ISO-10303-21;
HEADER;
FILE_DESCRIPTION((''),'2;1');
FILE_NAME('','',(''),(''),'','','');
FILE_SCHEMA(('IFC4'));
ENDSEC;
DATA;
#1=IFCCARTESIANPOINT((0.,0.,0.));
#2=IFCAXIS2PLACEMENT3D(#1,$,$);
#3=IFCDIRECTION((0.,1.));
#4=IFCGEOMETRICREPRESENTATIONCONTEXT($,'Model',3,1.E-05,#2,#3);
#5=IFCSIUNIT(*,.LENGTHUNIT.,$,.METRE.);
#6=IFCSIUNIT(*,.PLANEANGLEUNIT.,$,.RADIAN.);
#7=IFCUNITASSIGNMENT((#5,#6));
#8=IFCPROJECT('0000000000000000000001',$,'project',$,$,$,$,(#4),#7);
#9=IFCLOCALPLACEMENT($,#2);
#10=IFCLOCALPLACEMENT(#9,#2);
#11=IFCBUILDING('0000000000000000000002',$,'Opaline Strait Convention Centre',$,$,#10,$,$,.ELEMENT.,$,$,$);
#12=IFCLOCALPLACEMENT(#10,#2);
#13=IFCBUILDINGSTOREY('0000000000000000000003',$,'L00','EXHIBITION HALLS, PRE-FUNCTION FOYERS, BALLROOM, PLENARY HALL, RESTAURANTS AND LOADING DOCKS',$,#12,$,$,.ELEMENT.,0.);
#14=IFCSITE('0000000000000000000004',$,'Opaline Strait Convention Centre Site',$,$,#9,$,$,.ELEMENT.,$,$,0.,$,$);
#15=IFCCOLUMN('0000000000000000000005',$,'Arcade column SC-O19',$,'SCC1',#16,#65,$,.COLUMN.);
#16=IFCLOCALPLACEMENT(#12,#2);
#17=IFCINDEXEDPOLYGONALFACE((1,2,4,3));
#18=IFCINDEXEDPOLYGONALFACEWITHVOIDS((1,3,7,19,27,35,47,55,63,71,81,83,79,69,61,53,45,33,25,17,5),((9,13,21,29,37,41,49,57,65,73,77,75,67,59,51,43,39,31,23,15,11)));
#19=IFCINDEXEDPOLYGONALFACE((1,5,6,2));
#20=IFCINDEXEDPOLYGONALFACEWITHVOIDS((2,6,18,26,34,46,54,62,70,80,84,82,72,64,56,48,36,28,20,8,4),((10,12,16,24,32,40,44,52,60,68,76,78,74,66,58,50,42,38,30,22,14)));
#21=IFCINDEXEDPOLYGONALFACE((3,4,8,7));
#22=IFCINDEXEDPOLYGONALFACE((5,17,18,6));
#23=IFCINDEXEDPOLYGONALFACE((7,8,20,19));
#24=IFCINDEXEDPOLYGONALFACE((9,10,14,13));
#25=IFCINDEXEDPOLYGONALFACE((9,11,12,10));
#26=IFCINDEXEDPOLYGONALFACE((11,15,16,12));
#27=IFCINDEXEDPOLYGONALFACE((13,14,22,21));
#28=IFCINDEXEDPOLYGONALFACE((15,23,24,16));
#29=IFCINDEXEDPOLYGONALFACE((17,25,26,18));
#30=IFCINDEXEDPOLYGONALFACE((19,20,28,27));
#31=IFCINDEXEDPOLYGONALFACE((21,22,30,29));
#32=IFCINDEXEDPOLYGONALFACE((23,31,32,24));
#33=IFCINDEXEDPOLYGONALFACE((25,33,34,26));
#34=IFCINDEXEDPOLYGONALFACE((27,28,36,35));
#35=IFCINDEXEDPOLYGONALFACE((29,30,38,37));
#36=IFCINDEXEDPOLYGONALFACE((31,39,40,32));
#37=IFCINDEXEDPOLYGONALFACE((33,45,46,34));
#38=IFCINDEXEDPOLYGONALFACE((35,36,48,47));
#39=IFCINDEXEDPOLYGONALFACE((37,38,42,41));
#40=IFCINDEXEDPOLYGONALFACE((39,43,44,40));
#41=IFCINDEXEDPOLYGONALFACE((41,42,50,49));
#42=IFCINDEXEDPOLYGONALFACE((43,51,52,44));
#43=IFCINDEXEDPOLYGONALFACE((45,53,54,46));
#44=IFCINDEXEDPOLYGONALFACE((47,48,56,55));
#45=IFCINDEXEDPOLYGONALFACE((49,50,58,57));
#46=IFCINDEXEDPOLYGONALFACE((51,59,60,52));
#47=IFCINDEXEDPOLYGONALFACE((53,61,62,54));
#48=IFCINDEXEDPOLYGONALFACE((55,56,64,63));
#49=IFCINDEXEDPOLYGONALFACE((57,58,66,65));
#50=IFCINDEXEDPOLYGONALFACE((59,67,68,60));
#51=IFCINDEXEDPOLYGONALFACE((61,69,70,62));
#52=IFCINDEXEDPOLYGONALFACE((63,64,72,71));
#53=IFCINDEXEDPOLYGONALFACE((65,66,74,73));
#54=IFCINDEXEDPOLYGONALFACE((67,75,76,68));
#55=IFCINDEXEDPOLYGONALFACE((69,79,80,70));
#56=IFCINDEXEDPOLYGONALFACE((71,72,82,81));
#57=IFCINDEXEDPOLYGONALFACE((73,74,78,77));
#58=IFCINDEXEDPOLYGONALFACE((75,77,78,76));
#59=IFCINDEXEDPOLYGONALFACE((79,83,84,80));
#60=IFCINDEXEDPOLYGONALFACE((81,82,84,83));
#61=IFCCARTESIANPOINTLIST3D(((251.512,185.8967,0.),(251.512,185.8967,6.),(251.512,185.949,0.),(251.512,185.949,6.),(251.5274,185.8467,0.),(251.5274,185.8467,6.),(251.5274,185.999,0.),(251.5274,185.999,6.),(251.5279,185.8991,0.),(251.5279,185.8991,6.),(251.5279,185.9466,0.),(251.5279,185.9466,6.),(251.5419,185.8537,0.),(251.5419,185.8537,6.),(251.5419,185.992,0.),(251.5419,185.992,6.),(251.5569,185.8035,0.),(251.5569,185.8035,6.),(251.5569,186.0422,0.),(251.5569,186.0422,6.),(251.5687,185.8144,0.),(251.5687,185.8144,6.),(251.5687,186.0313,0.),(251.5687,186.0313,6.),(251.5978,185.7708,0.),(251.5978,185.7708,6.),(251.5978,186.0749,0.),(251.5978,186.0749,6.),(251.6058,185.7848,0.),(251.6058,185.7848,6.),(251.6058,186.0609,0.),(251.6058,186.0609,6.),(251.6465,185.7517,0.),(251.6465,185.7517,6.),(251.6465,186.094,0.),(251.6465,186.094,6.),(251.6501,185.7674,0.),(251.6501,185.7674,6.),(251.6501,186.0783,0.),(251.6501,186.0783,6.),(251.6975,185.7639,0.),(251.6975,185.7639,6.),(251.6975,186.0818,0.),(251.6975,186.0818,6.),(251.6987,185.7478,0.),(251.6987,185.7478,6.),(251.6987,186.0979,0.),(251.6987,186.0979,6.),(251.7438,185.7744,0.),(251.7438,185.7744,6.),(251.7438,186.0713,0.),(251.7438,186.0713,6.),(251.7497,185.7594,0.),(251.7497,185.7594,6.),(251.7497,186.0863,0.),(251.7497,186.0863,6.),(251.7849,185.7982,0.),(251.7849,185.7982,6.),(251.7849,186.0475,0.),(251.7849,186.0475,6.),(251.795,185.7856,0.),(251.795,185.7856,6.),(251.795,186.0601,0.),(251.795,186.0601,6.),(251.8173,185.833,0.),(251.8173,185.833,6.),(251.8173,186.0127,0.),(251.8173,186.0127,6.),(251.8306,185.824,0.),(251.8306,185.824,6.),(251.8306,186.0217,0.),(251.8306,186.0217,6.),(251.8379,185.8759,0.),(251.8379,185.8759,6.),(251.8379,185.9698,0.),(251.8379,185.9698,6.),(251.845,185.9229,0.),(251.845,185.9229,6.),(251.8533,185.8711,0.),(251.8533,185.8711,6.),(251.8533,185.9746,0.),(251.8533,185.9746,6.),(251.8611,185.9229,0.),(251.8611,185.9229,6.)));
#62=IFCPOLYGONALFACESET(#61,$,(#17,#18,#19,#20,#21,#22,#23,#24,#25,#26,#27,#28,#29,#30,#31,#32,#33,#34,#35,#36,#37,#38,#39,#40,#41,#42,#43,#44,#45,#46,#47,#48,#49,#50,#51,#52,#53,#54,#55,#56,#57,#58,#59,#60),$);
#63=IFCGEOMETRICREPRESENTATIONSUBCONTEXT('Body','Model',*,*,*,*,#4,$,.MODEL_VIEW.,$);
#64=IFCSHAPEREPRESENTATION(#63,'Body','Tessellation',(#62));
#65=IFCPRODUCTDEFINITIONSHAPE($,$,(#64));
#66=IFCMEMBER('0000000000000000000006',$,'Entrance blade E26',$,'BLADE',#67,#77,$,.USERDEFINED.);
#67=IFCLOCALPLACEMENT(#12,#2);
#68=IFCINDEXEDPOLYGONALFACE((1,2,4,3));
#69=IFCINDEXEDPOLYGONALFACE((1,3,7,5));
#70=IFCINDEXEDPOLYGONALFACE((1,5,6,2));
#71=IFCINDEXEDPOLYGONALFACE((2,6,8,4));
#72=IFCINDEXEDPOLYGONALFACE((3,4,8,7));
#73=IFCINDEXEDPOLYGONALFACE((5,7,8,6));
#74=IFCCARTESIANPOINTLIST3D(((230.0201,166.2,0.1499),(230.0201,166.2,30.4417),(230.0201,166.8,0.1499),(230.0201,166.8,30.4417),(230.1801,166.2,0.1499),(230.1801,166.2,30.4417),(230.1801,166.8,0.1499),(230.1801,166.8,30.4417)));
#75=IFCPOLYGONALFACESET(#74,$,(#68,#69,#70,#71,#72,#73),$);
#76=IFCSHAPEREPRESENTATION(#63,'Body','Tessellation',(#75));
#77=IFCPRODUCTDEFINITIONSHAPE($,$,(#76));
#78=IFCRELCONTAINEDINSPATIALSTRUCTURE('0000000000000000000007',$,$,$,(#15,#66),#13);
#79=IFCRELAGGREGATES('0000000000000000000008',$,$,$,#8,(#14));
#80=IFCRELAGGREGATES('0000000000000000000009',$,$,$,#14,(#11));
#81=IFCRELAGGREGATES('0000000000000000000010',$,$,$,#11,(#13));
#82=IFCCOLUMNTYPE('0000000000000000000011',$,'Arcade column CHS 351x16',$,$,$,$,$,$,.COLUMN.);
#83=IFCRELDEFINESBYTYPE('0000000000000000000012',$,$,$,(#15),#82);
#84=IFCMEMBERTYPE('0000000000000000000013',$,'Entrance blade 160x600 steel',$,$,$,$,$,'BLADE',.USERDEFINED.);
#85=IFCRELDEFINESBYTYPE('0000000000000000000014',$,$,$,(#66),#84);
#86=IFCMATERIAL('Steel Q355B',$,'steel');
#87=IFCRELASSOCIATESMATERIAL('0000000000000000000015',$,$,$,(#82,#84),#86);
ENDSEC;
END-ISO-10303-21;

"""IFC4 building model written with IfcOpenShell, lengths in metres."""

from ifc_helpers import new_model, si_unit, direction, frame, origin, origin_2d, place, context, subcontext, project, spatial, rectangle, hollow_circle, extrude, material, material_profile, profile_set, type_object, element, save


model = new_model("IFC4")

# Units and contexts
model_context = context("Model", 3, precision=1e-05, world=origin(), true_north=direction((0.0, 1.0)))
body_context = subcontext(model_context, "Body", "Model", "MODEL_VIEW")
ifc_project = project(units=[si_unit("LENGTHUNIT", "METRE"), si_unit("PLANEANGLEUNIT", "RADIAN")], contexts=[model_context])

# Site, building, storey
site_placement = place(None, origin())
site = spatial("IfcSite", under=ifc_project, at=site_placement, Name="Opaline Strait Convention Centre Site", CompositionType="ELEMENT", RefElevation=0.0)
building_placement = place(site_placement, origin())
building = spatial("IfcBuilding", under=site, at=building_placement, Name="Opaline Strait Convention Centre", CompositionType="ELEMENT")
storey_placement = place(building_placement, origin())
storey = spatial("IfcBuildingStorey", under=building, at=storey_placement, Name="L00", Description="EXHIBITION HALLS, PRE-FUNCTION FOYERS, BALLROOM, PLENARY HALL, RESTAURANTS AND LOADING DOCKS", CompositionType="ELEMENT", Elevation=0.0)

# Column
ifc_material_1 = material(Name="Steel Q355B", Category="steel")
ifc_material_profile_1 = material_profile(ifc_material_1, hollow_circle(Radius=0.1755, WallThickness=0.0161, at=origin_2d()), Name="CHS 351x16")
ifc_profile_set_1 = profile_set([ifc_material_profile_1], Name="Steel Q355B")
column_type = type_object("IfcColumnType", Name="Arcade column CHS 351x16", PredefinedType="COLUMN", material=ifc_profile_set_1)
for number, where, z_axis, x_axis, name in (
    (1, (251.6855, 185.9229, 0.0), (0.0, 0.0, 1.0), (1.0, 0.0, 0.0), "Arcade column SC-O19"),
):
    element("IfcColumn", number, at=place(storey_placement, frame(where, z_axis=z_axis, x_axis=x_axis)), inside=storey, type_object=column_type, Name=name, ObjectType="SCC1", PredefinedType="COLUMN", context=body_context, shape_type="SweptSolid", body=[
        extrude(hollow_circle(Radius=0.1755, WallThickness=0.0161, at=origin_2d()), origin(), (0.0, 0.0, 1.0), 6.0),
    ])

# Member
ifc_material_profile_2 = material_profile(ifc_material_1, rectangle(XDim=0.1599, YDim=0.6001, at=origin_2d()), Name="BAR 160x600")
ifc_profile_set_2 = profile_set([ifc_material_profile_2], Name="Steel Q355B")
member_type = type_object("IfcMemberType", Name="Entrance blade 160x600 steel", ElementType="BLADE", PredefinedType="USERDEFINED", material=ifc_profile_set_2)
member_placement = place(storey_placement, frame((230.1001, 166.5, 0.1499), z_axis=(0.0, 0.0, 1.0), x_axis=(1.0, 0.0, 0.0)))
element("IfcMember", 2, at=member_placement, inside=storey, type_object=member_type, Name="Entrance blade E26", ObjectType="BLADE", PredefinedType="USERDEFINED", context=body_context, shape_type="SweptSolid", body=[
    extrude(rectangle(XDim=0.1599, YDim=0.6001, at=origin_2d()), origin(), (0.0, 0.0, 1.0), 30.2917),
])

save(model, "model.ifc")
